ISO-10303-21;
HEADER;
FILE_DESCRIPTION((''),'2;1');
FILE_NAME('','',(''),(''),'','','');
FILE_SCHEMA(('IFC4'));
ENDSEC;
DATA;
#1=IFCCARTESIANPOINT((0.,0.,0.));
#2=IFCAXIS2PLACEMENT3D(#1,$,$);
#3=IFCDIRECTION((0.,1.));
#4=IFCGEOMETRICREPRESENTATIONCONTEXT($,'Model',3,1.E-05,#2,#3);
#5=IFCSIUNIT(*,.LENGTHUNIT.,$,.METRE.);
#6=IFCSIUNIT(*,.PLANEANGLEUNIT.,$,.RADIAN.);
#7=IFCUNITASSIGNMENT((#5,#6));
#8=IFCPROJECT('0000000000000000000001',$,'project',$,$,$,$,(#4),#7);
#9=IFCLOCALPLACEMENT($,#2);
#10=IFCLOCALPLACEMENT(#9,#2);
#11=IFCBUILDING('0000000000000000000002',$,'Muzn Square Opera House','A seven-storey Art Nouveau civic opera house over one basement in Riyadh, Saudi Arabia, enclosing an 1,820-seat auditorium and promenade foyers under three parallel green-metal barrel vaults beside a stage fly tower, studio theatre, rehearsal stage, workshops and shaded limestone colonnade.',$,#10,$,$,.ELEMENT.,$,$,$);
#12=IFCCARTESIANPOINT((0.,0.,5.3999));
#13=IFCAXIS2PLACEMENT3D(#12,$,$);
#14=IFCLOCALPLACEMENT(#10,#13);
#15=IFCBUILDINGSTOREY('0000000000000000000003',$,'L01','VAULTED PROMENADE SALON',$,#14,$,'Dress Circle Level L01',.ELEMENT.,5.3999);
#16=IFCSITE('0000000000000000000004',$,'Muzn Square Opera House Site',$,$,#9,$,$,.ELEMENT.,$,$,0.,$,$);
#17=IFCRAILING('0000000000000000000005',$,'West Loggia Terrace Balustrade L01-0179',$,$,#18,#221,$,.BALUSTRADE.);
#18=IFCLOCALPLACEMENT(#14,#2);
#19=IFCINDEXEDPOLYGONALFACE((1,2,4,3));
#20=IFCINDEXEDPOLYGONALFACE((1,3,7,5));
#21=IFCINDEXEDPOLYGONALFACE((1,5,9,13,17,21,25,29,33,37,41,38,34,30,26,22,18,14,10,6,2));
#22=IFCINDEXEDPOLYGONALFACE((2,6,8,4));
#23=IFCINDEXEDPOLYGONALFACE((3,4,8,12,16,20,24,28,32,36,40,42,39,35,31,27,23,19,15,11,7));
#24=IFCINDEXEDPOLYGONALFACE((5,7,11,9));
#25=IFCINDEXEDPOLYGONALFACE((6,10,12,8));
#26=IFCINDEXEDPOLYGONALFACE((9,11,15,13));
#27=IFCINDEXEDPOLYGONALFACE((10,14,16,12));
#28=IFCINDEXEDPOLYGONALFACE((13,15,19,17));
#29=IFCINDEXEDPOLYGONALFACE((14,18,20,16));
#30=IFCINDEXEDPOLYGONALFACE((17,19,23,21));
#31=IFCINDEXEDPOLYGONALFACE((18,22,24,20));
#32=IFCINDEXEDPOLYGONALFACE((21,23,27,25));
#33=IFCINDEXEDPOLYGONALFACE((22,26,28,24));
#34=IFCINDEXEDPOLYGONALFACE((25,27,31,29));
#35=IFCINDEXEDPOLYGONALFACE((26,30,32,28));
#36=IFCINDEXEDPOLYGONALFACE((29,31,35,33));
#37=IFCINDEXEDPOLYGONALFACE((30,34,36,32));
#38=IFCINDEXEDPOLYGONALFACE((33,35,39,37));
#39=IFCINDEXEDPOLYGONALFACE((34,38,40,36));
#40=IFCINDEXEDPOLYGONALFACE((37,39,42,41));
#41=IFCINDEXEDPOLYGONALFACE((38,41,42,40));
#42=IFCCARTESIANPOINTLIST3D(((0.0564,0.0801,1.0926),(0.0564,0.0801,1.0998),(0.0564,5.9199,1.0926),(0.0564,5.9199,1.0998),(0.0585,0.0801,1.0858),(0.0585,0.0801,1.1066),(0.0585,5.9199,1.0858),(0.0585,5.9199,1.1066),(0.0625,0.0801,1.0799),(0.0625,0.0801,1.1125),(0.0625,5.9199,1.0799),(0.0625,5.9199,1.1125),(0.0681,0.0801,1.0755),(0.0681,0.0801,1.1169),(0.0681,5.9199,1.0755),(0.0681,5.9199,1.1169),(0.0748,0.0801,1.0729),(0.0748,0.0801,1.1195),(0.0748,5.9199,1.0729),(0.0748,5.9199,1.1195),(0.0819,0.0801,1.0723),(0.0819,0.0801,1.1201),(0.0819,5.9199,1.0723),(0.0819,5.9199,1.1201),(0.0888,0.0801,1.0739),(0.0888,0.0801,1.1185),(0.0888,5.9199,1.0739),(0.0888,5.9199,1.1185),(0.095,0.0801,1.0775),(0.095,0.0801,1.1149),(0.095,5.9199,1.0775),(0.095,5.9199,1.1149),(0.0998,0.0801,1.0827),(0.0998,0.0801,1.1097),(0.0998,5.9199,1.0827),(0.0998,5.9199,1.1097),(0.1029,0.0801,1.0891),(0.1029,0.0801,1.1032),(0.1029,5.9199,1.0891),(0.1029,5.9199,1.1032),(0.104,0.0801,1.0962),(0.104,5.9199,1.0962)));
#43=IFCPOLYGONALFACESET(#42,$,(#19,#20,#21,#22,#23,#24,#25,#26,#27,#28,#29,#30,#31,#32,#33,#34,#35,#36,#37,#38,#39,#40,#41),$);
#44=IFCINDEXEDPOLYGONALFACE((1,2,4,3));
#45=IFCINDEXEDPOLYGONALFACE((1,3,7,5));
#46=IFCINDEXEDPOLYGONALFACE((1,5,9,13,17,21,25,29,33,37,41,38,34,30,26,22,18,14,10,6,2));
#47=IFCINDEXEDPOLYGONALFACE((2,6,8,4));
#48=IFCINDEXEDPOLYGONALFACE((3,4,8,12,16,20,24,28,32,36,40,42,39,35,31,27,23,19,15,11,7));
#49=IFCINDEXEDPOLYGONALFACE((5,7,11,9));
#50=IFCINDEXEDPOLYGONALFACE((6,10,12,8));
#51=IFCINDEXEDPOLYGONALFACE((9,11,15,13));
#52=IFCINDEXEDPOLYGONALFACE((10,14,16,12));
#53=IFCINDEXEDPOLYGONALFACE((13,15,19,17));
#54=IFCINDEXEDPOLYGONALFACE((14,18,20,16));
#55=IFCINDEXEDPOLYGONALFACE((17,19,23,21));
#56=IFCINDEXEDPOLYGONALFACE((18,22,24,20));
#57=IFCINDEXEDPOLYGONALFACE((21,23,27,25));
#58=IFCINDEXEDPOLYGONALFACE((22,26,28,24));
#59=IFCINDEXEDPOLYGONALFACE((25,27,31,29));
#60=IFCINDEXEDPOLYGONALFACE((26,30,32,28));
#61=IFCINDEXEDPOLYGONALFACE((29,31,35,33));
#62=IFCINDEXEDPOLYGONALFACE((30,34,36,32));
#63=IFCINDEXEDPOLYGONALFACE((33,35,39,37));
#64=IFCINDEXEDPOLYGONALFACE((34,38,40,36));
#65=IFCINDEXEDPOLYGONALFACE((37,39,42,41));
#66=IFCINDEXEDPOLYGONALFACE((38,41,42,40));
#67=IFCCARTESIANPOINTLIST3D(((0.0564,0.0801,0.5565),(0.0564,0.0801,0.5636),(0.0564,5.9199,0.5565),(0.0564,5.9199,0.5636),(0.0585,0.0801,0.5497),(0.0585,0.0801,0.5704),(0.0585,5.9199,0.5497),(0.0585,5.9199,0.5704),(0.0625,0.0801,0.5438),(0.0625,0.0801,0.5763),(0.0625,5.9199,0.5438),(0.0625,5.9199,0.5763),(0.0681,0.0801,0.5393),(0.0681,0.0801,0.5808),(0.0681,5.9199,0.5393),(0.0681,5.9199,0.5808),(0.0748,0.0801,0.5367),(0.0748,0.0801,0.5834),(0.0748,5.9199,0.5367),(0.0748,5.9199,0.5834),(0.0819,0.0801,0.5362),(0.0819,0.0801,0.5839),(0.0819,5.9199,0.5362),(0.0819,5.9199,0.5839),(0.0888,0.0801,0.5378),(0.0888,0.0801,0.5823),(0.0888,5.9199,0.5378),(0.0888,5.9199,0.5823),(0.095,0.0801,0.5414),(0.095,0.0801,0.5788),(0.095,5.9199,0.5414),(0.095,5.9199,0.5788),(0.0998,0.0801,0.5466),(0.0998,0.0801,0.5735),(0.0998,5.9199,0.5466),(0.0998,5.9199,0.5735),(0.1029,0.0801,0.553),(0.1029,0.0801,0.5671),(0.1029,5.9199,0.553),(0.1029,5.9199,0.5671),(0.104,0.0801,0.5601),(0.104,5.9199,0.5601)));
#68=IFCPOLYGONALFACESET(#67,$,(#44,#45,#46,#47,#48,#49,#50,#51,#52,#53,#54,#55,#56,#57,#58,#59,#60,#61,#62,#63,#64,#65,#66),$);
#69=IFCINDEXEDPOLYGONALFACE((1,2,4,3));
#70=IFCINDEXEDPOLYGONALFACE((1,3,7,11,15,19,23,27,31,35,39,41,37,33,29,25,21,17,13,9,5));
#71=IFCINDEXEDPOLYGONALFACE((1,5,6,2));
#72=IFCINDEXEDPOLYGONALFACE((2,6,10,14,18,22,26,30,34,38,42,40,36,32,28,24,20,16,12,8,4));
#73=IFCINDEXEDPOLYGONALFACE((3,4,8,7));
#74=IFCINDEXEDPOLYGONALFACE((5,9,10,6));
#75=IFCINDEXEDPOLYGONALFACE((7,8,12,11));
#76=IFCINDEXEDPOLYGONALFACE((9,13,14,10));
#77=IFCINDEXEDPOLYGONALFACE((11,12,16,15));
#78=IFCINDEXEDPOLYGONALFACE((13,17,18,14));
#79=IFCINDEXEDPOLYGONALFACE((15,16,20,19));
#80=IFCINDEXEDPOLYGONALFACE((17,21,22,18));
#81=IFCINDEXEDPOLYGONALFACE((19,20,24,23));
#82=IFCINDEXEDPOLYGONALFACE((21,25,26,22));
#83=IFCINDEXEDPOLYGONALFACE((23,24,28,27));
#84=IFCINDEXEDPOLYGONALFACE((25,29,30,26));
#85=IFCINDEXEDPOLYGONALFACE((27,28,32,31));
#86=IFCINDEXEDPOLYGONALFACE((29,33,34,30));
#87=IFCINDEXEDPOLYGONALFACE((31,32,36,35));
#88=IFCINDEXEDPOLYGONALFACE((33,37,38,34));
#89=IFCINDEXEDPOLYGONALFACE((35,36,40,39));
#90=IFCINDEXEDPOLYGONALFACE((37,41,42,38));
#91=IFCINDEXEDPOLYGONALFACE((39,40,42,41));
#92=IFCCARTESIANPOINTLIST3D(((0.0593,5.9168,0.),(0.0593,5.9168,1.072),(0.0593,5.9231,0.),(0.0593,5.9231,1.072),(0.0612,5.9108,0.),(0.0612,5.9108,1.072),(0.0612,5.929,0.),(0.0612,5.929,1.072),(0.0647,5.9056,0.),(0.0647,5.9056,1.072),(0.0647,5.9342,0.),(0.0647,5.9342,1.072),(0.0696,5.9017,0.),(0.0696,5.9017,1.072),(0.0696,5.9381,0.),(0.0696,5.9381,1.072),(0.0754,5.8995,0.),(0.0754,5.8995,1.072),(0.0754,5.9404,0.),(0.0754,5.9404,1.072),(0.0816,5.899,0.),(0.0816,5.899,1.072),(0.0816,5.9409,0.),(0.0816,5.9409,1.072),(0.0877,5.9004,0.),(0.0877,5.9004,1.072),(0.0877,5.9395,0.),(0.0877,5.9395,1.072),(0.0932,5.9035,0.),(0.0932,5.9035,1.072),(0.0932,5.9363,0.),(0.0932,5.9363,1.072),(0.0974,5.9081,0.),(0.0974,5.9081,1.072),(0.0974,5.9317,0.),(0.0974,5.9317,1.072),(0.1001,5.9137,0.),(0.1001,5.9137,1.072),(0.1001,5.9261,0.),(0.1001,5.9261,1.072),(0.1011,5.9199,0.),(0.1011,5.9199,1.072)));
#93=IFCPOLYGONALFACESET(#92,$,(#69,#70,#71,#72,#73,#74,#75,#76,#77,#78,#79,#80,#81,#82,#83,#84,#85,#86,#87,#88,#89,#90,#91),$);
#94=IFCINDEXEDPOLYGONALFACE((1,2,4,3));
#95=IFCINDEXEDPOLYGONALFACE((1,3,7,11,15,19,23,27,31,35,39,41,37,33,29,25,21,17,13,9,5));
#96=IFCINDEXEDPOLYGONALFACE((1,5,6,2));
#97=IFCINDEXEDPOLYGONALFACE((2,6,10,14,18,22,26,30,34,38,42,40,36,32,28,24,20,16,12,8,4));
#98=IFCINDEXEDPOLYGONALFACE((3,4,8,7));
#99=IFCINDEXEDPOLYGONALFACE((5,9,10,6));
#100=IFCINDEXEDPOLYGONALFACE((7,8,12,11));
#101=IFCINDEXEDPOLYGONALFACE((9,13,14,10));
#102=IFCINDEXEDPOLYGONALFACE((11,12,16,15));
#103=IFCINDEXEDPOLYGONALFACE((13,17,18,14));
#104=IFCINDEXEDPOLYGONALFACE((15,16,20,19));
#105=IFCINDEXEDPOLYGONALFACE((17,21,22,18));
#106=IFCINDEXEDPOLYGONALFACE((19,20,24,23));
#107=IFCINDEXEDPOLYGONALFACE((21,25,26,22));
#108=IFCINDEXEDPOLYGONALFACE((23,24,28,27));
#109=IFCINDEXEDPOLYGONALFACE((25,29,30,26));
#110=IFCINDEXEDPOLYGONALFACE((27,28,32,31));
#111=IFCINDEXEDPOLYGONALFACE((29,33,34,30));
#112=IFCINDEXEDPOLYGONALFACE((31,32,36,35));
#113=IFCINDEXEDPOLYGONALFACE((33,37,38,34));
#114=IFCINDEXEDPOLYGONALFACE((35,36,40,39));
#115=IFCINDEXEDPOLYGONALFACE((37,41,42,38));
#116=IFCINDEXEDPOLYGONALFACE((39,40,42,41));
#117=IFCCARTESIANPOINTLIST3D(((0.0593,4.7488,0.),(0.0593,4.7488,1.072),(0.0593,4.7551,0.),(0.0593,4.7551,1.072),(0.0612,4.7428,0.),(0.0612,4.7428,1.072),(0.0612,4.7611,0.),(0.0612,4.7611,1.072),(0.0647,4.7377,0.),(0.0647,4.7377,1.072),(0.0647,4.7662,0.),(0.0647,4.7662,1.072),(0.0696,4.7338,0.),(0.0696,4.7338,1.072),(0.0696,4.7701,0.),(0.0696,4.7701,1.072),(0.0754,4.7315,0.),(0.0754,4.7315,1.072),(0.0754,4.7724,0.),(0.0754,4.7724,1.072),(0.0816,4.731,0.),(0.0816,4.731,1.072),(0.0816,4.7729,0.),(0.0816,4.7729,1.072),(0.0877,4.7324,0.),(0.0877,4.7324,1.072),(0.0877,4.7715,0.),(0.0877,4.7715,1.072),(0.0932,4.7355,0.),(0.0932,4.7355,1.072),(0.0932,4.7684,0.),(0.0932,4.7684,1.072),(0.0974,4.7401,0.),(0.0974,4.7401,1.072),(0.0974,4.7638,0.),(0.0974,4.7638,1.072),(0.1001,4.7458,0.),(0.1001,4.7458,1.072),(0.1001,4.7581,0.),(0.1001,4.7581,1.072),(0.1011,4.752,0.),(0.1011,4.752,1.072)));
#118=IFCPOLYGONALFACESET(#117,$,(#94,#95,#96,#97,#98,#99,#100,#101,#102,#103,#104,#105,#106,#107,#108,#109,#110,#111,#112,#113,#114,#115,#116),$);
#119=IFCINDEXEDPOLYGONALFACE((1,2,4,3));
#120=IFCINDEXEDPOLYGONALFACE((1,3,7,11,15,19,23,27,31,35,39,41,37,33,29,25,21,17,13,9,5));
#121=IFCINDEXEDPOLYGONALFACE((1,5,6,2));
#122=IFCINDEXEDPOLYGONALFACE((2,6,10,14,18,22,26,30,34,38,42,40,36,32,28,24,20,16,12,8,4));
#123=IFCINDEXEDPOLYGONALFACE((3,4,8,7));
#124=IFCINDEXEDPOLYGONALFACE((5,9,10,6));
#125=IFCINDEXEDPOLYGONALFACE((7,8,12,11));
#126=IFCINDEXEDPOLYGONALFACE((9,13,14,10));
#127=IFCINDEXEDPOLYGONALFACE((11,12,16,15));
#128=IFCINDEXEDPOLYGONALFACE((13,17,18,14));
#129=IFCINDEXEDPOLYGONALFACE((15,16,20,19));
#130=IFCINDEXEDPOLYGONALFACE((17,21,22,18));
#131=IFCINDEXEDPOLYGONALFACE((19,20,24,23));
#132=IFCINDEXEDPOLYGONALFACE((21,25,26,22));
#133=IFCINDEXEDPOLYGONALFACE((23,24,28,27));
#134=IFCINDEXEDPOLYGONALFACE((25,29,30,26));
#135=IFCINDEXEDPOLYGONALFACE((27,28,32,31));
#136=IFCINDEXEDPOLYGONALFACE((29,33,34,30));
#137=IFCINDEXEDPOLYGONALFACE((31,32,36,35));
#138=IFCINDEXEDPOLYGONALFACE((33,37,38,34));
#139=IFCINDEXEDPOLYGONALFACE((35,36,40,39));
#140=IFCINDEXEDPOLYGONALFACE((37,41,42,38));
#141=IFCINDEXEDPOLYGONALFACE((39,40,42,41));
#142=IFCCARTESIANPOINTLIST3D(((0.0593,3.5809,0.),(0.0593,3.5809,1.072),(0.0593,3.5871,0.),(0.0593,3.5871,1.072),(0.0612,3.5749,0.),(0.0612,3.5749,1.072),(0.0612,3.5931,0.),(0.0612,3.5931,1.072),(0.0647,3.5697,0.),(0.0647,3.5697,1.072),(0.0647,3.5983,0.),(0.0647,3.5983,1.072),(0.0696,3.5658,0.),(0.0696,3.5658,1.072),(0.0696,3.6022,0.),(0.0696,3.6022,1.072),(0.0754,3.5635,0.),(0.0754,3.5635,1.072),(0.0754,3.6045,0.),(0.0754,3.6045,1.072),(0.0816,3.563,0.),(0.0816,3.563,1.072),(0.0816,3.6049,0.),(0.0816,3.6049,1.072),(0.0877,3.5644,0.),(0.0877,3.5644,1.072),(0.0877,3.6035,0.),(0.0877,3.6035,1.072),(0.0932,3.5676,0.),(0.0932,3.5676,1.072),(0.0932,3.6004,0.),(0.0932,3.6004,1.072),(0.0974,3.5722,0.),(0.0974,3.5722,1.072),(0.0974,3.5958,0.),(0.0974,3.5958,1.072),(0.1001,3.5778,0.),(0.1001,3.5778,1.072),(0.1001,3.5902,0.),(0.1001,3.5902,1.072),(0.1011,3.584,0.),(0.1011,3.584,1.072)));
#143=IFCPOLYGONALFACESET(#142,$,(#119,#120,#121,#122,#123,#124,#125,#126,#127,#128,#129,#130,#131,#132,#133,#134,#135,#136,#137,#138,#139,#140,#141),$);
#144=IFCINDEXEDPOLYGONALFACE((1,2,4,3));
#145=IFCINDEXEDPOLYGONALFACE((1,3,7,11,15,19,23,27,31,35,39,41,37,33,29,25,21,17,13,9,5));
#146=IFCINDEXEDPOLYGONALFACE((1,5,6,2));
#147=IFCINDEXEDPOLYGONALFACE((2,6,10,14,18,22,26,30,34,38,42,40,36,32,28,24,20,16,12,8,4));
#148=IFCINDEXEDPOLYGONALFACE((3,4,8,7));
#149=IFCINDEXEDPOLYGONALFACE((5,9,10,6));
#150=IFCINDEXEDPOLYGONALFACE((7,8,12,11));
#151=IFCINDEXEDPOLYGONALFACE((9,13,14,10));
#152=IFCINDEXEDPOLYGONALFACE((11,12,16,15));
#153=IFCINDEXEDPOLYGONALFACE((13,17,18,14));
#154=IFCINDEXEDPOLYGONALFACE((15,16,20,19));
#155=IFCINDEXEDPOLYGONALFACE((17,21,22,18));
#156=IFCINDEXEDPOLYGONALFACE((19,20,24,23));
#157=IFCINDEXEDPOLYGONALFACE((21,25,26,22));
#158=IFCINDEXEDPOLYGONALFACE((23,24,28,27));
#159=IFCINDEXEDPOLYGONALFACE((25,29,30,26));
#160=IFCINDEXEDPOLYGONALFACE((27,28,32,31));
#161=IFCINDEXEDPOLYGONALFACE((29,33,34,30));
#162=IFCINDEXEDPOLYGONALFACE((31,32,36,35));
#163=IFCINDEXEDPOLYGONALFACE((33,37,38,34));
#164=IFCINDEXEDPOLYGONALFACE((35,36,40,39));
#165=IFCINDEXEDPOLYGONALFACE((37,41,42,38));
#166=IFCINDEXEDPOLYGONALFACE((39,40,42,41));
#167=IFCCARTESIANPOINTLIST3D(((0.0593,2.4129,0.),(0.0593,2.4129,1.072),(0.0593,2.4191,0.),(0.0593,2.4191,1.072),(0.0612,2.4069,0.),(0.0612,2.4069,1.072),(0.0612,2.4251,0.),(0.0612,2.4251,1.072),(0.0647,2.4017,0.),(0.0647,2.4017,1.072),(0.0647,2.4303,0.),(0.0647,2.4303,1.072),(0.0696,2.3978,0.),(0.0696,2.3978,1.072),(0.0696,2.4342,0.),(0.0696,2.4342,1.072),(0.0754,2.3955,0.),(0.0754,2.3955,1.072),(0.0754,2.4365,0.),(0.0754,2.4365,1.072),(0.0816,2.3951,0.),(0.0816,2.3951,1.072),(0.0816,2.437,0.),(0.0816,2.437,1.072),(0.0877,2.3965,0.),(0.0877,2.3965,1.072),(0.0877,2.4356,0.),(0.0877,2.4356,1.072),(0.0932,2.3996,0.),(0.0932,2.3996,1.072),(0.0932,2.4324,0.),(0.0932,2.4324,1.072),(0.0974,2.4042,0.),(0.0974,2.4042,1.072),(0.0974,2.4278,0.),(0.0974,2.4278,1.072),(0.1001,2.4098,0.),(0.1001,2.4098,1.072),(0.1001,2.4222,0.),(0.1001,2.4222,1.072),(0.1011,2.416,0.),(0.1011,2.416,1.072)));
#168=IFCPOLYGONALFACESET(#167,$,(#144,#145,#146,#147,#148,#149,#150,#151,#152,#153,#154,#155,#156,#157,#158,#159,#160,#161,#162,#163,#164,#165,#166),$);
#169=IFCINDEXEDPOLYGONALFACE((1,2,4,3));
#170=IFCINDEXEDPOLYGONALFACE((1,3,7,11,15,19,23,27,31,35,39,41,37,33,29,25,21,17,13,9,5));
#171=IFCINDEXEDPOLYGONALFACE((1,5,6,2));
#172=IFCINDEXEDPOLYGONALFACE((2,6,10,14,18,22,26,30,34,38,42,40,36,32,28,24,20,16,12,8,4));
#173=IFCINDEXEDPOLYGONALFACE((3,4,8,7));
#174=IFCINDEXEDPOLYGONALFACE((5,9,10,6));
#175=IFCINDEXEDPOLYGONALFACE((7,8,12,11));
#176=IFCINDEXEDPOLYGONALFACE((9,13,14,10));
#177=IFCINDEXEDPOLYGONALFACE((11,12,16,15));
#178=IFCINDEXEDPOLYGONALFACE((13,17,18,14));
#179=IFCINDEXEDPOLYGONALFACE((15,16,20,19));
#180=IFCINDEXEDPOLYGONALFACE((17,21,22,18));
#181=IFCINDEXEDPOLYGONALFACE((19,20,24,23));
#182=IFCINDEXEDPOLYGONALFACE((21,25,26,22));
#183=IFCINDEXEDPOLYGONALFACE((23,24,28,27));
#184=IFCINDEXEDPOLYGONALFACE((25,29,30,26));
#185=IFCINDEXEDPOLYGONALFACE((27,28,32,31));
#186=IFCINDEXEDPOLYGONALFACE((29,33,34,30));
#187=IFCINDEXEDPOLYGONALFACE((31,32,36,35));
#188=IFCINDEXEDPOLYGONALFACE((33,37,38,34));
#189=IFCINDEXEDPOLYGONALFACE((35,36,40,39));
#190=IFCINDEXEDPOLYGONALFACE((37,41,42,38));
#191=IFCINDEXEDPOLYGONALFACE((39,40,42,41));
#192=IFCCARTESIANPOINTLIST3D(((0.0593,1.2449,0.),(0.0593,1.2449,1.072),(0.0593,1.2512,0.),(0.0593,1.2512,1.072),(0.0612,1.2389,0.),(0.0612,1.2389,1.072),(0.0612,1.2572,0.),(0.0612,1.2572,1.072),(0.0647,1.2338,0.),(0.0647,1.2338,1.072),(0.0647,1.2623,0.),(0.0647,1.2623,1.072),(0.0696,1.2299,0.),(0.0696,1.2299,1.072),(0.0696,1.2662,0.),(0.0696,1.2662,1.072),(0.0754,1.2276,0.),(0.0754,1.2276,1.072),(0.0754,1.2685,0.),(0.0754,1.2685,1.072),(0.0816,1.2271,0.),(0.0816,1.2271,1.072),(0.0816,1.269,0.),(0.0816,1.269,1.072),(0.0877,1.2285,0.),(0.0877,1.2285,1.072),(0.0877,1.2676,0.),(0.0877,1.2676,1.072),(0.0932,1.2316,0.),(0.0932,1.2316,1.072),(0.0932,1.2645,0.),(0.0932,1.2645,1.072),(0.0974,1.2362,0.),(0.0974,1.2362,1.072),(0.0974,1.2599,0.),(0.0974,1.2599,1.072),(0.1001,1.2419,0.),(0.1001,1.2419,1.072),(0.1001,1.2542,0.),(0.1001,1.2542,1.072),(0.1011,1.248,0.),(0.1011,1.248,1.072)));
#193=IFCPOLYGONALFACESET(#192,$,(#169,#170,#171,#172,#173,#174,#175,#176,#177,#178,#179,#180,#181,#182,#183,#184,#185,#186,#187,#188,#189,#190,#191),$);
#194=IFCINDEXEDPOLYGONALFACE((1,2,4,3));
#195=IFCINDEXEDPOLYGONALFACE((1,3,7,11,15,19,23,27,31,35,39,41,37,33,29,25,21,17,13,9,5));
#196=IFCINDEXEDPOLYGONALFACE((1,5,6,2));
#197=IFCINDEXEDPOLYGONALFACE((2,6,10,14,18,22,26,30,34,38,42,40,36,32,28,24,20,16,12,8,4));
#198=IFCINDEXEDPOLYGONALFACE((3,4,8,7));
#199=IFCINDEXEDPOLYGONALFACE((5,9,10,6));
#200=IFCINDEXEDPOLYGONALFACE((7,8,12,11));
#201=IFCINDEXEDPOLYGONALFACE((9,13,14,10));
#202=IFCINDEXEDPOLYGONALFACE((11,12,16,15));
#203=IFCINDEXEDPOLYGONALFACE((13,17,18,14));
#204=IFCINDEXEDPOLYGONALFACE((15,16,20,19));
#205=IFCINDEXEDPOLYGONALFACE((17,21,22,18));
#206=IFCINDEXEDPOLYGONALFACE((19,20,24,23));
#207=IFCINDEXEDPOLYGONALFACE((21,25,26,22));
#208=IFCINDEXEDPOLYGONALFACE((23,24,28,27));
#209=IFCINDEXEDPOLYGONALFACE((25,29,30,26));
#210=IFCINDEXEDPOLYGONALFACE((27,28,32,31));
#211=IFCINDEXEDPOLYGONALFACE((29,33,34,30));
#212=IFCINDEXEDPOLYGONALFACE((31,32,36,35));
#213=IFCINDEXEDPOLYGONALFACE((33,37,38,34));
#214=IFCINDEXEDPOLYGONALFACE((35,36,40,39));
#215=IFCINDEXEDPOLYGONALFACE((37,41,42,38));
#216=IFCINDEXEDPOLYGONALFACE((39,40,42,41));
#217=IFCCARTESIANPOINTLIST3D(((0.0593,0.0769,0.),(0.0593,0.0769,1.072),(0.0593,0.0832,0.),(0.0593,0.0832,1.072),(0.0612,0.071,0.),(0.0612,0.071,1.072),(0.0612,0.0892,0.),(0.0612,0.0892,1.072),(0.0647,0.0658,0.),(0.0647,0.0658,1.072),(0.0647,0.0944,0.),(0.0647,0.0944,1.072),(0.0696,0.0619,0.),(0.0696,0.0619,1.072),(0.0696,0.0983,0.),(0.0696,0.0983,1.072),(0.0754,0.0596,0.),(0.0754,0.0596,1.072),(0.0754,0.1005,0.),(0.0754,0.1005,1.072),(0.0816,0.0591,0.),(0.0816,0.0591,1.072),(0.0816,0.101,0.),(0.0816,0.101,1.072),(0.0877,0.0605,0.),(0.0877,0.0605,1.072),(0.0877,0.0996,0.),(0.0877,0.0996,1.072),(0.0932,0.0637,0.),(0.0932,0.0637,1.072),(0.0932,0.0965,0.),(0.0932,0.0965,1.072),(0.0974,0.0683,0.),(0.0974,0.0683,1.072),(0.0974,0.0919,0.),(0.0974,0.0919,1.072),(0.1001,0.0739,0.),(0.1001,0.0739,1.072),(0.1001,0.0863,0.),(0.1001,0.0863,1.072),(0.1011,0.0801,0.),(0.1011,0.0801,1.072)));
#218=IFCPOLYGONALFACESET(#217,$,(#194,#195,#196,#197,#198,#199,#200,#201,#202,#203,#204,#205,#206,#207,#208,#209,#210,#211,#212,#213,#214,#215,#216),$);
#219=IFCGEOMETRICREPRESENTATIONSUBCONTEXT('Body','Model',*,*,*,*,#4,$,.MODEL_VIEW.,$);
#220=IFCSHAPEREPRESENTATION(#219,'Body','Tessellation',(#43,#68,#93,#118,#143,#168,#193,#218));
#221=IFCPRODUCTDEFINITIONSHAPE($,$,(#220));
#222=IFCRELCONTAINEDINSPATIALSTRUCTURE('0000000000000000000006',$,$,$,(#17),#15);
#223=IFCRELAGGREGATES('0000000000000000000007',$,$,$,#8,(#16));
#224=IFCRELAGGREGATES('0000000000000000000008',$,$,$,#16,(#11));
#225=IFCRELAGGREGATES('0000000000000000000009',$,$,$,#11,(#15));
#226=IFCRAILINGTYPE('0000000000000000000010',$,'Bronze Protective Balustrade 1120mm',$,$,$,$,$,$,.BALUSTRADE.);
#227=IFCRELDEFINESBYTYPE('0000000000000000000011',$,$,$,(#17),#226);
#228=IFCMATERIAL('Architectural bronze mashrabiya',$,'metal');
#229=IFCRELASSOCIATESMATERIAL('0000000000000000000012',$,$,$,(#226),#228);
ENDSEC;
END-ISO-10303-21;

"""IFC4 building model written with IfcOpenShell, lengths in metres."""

from ifc_helpers import new_model, si_unit, direction, frame, origin, origin_2d, place, context, subcontext, project, spatial, circle, extrude, material, type_object, element, save


model = new_model("IFC4")

# Units and contexts
model_context = context("Model", 3, precision=1e-05, world=origin(), true_north=direction((0.0, 1.0)))
body_context = subcontext(model_context, "Body", "Model", "MODEL_VIEW")
ifc_project = project(units=[si_unit("LENGTHUNIT", "METRE"), si_unit("PLANEANGLEUNIT", "RADIAN")], contexts=[model_context])

# Site, building, storey
site_placement = place(None, origin())
site = spatial("IfcSite", under=ifc_project, at=site_placement, Name="Muzn Square Opera House Site", CompositionType="ELEMENT", RefElevation=0.0)
building_placement = place(site_placement, origin())
building = spatial("IfcBuilding", under=site, at=building_placement, Name="Muzn Square Opera House", Description="A seven-storey Art Nouveau civic opera house over one basement in Riyadh, Saudi Arabia, enclosing an 1,820-seat auditorium and promenade foyers under three parallel green-metal barrel vaults beside a stage fly tower, studio theatre, rehearsal stage, workshops and shaded limestone colonnade.", CompositionType="ELEMENT")
storey_placement = place(building_placement, frame((0.0, 0.0, 5.3999)))
storey = spatial("IfcBuildingStorey", under=building, at=storey_placement, Name="L01", Description="VAULTED PROMENADE SALON", LongName="Dress Circle Level L01", CompositionType="ELEMENT", Elevation=5.3999)

# Railing
ifc_material_1 = material(Name="Architectural bronze mashrabiya", Category="metal")
railing_type = type_object("IfcRailingType", Name="Bronze Protective Balustrade 1120mm", PredefinedType="BALUSTRADE", material=ifc_material_1)
railing_1_placement = place(storey_placement, frame((0.0801, 5.9199, 0.0)))
element("IfcRailing", 1, at=railing_1_placement, inside=storey, type_object=railing_type, Name="West Loggia Terrace Balustrade L01-0179", PredefinedType="BALUSTRADE", context=body_context, shape_type="SweptSolid", body=[
    extrude(circle(Radius=0.0239, at=origin_2d()), frame((0.0, 0.0, 1.0962), z_axis=(0.0, -1.0, 0.0), x_axis=(1.0, 0.0, 0.0)), (0.0, 0.0, 1.0), 5.8398),
    extrude(circle(Radius=0.0239, at=origin_2d()), frame((0.0, 0.0, 0.5601), z_axis=(0.0, -1.0, 0.0), x_axis=(1.0, 0.0, 0.0)), (0.0, 0.0, 1.0), 5.8398),
    extrude(circle(Radius=0.021, at=origin_2d()), origin(), (0.0, 0.0, 1.0), 1.072),
    extrude(circle(Radius=0.021, at=origin_2d()), frame((0.0, -1.168, 0.0)), (0.0, 0.0, 1.0), 1.072),
    extrude(circle(Radius=0.021, at=origin_2d()), frame((0.0, -2.3359, 0.0)), (0.0, 0.0, 1.0), 1.072),
    extrude(circle(Radius=0.021, at=origin_2d()), frame((0.0, -3.5039, 0.0)), (0.0, 0.0, 1.0), 1.072),
    extrude(circle(Radius=0.021, at=origin_2d()), frame((0.0, -4.6719, 0.0)), (0.0, 0.0, 1.0), 1.072),
    extrude(circle(Radius=0.021, at=origin_2d()), frame((0.0, -5.8398, 0.0)), (0.0, 0.0, 1.0), 1.072),
])

save(model, "model.ifc")
